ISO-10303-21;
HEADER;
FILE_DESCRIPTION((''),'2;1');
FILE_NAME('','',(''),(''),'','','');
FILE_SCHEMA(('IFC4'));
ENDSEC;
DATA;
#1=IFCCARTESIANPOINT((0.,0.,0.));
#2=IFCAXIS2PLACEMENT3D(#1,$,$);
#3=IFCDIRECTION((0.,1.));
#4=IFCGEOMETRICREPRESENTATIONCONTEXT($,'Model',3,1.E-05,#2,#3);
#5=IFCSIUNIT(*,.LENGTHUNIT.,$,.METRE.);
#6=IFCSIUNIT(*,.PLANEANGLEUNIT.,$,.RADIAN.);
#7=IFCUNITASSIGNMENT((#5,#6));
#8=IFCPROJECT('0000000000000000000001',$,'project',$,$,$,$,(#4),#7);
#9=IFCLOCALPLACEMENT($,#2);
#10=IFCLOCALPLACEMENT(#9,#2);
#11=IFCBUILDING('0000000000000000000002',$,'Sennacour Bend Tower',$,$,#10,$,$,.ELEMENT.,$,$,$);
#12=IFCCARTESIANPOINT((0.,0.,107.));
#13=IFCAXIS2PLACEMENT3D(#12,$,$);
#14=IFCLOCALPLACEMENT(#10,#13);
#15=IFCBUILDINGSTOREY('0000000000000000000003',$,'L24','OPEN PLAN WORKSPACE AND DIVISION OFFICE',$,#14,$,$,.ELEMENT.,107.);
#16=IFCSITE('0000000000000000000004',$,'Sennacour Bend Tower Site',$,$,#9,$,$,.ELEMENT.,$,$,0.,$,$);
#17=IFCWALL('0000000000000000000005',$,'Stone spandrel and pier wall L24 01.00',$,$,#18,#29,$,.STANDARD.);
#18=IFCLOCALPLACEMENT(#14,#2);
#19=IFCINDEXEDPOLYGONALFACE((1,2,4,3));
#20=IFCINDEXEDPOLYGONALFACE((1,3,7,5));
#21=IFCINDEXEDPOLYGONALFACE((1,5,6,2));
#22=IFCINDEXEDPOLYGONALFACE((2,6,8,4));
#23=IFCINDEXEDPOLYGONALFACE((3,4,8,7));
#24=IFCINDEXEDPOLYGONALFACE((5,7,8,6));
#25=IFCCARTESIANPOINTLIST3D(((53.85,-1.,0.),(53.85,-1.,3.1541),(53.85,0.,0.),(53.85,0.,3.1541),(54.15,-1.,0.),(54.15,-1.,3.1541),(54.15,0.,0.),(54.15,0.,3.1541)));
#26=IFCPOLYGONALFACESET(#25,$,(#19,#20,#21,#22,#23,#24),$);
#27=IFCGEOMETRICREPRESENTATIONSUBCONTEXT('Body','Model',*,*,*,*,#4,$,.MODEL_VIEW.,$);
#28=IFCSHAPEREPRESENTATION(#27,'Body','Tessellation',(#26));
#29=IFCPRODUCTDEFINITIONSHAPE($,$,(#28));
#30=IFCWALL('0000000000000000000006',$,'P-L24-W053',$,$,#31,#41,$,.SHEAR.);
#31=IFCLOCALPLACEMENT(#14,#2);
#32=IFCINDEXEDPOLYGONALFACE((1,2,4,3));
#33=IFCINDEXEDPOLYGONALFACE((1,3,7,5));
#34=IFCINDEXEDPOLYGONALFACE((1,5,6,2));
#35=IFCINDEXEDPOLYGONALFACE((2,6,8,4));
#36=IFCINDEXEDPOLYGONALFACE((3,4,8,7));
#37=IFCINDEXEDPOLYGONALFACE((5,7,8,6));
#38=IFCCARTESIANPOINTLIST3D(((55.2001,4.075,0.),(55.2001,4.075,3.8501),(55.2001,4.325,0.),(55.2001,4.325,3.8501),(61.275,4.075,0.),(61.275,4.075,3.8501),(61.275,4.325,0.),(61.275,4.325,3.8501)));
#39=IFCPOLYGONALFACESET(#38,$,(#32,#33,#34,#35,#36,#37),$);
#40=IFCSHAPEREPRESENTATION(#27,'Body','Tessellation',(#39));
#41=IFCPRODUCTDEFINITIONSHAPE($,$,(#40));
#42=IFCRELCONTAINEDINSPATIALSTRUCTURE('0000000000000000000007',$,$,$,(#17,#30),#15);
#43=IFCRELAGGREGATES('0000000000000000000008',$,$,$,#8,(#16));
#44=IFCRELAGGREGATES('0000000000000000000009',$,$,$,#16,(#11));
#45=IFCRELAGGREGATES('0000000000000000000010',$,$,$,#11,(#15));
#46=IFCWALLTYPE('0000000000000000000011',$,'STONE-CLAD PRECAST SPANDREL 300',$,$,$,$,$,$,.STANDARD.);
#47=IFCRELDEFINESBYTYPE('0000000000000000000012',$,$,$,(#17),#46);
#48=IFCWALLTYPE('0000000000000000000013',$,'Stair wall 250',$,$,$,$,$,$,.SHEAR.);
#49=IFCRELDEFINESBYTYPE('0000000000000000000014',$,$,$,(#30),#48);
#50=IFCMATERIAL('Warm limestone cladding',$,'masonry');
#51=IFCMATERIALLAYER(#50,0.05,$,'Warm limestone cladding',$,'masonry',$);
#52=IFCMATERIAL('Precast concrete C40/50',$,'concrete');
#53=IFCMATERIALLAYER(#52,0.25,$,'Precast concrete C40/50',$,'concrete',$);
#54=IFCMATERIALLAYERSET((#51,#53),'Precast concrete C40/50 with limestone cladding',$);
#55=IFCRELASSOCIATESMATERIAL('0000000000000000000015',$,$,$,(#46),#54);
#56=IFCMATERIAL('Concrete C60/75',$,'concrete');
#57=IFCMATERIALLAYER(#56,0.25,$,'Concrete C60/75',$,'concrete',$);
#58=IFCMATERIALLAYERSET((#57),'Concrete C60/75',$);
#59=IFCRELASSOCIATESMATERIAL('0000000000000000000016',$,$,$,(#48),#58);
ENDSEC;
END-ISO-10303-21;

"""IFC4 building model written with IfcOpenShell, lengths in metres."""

from ifc_helpers import new_model, si_unit, direction, frame, frame_2d, origin, place, context, subcontext, project, spatial, rectangle, extrude, material, layer, layer_set, type_object, element, save


model = new_model("IFC4")

# Units and contexts
model_context = context("Model", 3, precision=1e-05, world=origin(), true_north=direction((0.0, 1.0)))
body_context = subcontext(model_context, "Body", "Model", "MODEL_VIEW")
ifc_project = project(units=[si_unit("LENGTHUNIT", "METRE"), si_unit("PLANEANGLEUNIT", "RADIAN")], contexts=[model_context])

# Site, building, storey
site_placement = place(None, origin())
site = spatial("IfcSite", under=ifc_project, at=site_placement, Name="Sennacour Bend Tower Site", CompositionType="ELEMENT", RefElevation=0.0)
building_placement = place(site_placement, origin())
building = spatial("IfcBuilding", under=site, at=building_placement, Name="Sennacour Bend Tower", CompositionType="ELEMENT")
storey_placement = place(building_placement, frame((0.0, 0.0, 107.0)))
storey = spatial("IfcBuildingStorey", under=building, at=storey_placement, Name="L24", Description="OPEN PLAN WORKSPACE AND DIVISION OFFICE", CompositionType="ELEMENT", Elevation=107.0)

# Shared definitions
ifc_material_1 = material(Name="Warm limestone cladding", Category="masonry")
ifc_layer_1 = layer(ifc_material_1, 0.05, Name="Warm limestone cladding", Category="masonry")
ifc_material_2 = material(Name="Precast concrete C40/50", Category="concrete")
ifc_layer_2 = layer(ifc_material_2, 0.25, Name="Precast concrete C40/50", Category="concrete")
ifc_layer_set_1 = layer_set([ifc_layer_1, ifc_layer_2], Name="Precast concrete C40/50 with limestone cladding")
wall_type_1 = type_object("IfcWallType", Name="STONE-CLAD PRECAST SPANDREL 300", PredefinedType="STANDARD", material=ifc_layer_set_1)

# Walls
wall_1_placement = place(storey_placement, frame((54.0, -1.0, 0.0), z_axis=(0.0, 0.0, 1.0), x_axis=(0.0, 1.0, 0.0)))
element("IfcWall", 1, at=wall_1_placement, inside=storey, type_object=wall_type_1, Name="Stone spandrel and pier wall L24 01.00", PredefinedType="STANDARD", context=body_context, shape_type="SweptSolid", body=[
    extrude(rectangle(XDim=1.0, YDim=0.3, at=frame_2d((0.5, 0.0))), origin(), (0.0, 0.0, 1.0), 3.1541),
])
ifc_material_3 = material(Name="Concrete C60/75", Category="concrete")
ifc_layer_3 = layer(ifc_material_3, 0.25, Name="Concrete C60/75", Category="concrete")
ifc_layer_set_2 = layer_set([ifc_layer_3], Name="Concrete C60/75")
wall_type_2 = type_object("IfcWallType", Name="Stair wall 250", PredefinedType="SHEAR", material=ifc_layer_set_2)
wall_2_placement = place(storey_placement, frame((55.2, 4.2, 0.0), z_axis=(0.0, 0.0, 1.0), x_axis=(1.0, 0.0, 0.0)))
element("IfcWall", 2, at=wall_2_placement, inside=storey, type_object=wall_type_2, Name="P-L24-W053", PredefinedType="SHEAR", context=body_context, shape_type="SweptSolid", body=[
    extrude(rectangle(XDim=6.075, YDim=0.25, at=frame_2d((3.0376, 0.0))), origin(), (0.0, 0.0, 1.0), 3.8501),
])

save(model, "model.ifc")
